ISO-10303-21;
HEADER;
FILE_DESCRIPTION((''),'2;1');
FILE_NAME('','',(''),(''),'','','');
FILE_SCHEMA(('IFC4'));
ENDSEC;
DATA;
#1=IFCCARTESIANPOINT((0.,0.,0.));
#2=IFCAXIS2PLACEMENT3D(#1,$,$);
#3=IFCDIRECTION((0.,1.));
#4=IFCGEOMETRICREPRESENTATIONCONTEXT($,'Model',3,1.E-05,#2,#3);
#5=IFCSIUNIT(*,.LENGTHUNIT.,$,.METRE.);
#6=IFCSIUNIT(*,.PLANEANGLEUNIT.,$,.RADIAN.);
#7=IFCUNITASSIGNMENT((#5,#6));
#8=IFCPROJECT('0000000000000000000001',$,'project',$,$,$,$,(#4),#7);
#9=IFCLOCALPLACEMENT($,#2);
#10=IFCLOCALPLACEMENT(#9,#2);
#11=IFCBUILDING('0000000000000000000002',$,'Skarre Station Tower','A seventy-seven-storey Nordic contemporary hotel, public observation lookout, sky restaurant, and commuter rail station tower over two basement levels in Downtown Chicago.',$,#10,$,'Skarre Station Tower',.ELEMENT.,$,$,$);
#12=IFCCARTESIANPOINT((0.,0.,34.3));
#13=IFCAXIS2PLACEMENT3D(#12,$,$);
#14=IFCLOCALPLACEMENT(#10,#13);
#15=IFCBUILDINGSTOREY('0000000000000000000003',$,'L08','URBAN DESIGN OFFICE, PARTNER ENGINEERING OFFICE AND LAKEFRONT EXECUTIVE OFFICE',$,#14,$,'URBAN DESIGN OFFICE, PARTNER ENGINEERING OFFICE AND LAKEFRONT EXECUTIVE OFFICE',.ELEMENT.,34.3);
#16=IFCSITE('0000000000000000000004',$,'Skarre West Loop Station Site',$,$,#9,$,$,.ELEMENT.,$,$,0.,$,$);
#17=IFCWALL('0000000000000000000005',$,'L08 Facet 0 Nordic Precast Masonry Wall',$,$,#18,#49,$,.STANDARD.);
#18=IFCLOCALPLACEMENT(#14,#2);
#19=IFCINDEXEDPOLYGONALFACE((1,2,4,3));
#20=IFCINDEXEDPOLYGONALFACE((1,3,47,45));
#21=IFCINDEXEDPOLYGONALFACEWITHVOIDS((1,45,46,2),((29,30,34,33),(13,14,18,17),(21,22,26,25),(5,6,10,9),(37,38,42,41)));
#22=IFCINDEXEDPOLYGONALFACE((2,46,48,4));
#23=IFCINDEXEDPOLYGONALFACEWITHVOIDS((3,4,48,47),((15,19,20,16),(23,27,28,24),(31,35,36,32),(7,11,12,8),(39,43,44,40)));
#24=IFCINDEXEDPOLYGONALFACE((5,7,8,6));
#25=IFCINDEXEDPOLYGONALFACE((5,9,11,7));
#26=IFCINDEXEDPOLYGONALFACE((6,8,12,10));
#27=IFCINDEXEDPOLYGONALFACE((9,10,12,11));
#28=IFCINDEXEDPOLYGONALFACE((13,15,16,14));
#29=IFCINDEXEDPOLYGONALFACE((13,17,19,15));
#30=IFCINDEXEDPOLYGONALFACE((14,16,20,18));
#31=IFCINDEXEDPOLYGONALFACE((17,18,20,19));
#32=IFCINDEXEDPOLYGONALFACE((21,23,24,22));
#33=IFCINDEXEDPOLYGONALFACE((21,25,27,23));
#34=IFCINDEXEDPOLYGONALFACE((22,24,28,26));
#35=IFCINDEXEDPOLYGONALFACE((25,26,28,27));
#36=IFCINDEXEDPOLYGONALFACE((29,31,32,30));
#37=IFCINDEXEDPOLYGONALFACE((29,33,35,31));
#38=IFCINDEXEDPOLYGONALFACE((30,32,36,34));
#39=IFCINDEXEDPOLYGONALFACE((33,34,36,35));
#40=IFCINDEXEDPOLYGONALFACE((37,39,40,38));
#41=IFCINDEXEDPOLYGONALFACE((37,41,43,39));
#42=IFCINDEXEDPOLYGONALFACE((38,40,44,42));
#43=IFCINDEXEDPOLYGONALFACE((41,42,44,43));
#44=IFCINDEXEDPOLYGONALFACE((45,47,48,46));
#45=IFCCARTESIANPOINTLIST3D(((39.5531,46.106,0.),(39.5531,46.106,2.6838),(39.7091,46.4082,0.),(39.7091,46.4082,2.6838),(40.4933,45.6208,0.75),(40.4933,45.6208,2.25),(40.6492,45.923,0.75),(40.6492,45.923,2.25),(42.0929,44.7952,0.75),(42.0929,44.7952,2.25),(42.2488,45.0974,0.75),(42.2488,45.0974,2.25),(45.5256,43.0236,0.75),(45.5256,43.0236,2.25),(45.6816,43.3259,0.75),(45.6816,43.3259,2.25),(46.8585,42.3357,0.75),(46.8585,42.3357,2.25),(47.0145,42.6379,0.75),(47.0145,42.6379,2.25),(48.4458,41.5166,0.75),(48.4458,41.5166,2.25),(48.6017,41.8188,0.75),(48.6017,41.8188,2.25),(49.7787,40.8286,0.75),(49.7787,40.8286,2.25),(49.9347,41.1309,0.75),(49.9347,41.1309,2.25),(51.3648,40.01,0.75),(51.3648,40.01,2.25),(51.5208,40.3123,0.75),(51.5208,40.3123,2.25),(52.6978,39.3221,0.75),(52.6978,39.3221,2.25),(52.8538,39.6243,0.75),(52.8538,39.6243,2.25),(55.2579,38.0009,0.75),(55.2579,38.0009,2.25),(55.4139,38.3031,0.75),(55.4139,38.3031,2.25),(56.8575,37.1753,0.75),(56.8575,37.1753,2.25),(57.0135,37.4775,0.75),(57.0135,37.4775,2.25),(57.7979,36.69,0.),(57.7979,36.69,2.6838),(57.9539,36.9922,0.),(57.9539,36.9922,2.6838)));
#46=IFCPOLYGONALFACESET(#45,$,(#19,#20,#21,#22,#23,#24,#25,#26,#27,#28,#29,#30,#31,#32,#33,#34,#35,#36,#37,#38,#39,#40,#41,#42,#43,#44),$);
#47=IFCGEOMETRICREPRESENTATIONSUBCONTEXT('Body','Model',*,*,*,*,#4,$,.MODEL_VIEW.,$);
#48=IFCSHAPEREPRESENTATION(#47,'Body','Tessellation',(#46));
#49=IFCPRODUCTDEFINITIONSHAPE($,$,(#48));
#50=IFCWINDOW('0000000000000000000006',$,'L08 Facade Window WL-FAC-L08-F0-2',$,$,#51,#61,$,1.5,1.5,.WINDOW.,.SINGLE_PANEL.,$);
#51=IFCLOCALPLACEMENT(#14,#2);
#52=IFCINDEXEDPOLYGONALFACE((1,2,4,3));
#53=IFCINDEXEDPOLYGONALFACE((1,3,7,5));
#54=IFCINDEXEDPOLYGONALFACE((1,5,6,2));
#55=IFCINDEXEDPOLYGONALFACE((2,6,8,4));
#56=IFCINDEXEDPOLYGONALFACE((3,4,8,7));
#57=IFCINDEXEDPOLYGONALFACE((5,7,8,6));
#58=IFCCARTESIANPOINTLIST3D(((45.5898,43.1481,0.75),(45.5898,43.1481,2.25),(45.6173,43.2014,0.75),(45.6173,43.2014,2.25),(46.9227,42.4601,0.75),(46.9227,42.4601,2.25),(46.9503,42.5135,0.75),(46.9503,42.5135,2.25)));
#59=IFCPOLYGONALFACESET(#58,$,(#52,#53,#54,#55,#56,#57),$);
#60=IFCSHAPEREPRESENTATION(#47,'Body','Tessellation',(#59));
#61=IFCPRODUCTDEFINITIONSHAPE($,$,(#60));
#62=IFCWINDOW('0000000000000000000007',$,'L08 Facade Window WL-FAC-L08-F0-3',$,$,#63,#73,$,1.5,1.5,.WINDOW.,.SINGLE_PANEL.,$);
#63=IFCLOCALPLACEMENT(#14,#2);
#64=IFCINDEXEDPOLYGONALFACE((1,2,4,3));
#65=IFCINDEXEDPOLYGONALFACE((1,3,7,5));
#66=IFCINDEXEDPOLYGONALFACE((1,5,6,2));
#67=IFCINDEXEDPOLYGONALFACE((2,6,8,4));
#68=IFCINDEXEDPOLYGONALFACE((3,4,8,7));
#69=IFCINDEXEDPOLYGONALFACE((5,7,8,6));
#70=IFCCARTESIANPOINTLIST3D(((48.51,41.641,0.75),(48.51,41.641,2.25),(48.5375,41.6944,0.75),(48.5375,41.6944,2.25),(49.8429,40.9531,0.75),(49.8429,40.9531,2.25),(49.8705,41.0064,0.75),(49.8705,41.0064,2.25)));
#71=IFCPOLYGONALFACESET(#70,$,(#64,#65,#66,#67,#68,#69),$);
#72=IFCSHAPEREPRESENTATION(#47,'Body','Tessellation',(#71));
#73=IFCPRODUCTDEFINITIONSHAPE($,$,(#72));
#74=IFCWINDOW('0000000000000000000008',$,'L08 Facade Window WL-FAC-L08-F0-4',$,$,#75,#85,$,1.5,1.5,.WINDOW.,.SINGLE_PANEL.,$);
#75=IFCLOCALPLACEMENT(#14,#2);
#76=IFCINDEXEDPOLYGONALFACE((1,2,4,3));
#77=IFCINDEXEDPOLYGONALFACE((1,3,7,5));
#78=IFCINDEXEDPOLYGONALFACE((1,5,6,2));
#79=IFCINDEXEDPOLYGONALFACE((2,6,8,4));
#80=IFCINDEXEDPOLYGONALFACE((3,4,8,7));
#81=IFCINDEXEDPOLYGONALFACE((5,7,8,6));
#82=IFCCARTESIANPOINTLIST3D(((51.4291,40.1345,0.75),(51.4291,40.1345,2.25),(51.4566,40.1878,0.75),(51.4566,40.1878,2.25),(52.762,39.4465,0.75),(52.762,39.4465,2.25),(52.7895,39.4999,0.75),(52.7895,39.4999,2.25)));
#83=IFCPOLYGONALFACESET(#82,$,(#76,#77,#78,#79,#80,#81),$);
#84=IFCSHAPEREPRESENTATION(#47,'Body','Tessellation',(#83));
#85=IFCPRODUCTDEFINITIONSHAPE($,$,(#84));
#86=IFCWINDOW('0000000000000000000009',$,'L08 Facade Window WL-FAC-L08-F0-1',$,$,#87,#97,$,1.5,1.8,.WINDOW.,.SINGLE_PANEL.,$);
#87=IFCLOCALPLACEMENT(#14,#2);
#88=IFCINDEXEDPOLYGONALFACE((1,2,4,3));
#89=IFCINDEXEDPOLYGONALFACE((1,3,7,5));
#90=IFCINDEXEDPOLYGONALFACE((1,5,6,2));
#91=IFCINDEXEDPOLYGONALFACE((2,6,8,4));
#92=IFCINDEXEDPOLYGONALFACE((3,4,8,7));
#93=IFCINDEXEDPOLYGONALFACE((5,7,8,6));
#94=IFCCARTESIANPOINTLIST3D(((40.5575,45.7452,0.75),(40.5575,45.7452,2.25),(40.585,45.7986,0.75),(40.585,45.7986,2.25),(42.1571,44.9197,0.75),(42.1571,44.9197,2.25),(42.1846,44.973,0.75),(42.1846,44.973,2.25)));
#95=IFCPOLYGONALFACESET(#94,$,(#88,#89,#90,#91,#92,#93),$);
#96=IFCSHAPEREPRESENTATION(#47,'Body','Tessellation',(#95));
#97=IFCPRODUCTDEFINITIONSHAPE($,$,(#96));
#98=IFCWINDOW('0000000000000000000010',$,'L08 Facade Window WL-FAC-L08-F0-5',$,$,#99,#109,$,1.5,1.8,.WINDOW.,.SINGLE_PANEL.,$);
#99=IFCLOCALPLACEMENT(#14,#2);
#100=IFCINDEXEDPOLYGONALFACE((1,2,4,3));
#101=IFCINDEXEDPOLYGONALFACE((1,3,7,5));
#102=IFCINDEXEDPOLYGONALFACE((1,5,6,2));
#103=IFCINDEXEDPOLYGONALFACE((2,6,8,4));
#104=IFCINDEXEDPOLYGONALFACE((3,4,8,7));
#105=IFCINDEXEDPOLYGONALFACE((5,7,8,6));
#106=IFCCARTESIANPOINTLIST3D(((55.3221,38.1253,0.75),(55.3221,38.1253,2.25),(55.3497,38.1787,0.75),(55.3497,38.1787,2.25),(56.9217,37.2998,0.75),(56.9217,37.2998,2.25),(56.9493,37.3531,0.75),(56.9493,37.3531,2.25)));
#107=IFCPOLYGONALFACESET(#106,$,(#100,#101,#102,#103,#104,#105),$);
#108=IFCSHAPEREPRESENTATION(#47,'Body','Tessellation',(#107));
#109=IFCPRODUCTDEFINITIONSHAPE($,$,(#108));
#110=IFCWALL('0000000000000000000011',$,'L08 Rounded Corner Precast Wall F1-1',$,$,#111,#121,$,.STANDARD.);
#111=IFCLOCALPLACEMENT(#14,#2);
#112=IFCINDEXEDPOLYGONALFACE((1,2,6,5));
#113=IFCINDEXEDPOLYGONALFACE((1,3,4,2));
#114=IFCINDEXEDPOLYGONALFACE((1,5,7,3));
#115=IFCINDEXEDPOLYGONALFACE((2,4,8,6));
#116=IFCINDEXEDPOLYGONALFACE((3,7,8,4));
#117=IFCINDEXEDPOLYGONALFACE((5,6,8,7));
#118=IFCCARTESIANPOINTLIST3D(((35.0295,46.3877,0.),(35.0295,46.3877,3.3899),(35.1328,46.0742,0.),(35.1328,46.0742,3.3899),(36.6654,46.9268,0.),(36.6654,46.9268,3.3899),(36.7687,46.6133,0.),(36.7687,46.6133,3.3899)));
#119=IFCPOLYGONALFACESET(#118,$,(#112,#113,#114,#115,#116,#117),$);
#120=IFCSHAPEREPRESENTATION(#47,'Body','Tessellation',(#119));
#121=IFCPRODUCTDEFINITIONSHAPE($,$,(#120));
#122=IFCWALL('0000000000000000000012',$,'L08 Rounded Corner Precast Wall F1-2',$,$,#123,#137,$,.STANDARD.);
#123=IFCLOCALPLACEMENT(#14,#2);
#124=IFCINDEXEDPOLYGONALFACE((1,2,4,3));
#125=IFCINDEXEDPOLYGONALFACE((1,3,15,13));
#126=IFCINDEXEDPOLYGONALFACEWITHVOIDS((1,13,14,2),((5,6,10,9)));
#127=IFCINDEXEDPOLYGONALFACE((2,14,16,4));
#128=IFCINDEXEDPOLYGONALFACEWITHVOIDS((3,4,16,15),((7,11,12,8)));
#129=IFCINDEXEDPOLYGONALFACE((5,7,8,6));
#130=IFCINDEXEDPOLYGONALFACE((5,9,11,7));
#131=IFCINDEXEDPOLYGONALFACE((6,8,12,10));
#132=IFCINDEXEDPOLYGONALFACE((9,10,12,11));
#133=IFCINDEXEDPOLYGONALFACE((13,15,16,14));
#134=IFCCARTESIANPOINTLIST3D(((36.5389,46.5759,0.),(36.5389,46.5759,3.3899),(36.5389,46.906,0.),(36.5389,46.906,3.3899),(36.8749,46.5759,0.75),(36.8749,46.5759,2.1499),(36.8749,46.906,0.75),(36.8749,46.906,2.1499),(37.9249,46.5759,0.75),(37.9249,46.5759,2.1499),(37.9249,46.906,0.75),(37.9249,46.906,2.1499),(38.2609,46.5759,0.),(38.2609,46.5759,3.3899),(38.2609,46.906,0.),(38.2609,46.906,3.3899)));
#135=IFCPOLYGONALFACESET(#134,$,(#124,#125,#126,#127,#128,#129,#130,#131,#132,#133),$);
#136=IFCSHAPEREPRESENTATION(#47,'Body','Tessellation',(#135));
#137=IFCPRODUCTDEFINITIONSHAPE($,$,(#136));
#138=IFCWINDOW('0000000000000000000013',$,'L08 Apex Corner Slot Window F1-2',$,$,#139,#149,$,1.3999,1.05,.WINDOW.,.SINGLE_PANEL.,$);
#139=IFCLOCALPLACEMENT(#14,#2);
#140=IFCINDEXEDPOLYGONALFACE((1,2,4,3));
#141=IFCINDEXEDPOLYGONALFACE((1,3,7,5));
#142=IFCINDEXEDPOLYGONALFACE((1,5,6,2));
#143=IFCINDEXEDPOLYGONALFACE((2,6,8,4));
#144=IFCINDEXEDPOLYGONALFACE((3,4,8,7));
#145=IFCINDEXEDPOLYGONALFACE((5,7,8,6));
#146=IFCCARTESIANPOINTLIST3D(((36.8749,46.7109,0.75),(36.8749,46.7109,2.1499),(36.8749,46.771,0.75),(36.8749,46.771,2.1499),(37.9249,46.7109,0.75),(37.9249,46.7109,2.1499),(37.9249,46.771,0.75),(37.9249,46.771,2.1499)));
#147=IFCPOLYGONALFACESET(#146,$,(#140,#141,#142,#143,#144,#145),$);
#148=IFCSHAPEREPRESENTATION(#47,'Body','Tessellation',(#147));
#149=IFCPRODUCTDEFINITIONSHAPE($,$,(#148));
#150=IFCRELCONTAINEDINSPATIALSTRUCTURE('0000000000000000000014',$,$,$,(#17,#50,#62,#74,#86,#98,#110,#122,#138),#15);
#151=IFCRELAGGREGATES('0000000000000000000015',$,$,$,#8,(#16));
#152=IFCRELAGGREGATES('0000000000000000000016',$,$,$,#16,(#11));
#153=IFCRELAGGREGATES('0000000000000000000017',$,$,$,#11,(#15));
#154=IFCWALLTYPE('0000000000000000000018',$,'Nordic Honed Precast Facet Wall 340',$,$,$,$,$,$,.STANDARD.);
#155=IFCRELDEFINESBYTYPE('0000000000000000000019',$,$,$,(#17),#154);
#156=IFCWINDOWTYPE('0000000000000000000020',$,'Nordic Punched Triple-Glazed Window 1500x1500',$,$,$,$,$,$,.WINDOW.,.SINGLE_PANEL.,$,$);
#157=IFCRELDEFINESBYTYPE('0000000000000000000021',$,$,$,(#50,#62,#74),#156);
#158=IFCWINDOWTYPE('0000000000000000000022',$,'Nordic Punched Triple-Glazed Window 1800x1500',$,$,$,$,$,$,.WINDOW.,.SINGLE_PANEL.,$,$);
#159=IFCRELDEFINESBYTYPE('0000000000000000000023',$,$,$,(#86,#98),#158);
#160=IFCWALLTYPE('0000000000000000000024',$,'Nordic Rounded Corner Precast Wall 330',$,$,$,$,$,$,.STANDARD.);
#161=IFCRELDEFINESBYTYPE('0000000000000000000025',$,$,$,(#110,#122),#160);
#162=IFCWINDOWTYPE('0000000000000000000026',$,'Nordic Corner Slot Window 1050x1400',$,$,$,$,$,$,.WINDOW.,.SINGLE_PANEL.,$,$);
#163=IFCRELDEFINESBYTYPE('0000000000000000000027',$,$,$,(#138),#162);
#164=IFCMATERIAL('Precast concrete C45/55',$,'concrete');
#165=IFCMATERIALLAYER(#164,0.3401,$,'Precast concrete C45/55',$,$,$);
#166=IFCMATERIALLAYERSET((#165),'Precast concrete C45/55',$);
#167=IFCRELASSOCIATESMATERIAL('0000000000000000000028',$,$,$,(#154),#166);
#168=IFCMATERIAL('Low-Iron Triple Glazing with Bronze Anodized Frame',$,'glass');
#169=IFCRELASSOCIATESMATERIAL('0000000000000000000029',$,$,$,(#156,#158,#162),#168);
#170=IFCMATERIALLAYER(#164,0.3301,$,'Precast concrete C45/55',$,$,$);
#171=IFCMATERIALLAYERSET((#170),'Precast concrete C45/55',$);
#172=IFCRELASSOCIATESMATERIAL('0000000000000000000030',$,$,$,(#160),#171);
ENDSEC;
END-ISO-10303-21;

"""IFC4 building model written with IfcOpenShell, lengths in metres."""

from ifc_helpers import new_model, si_unit, direction, frame, frame_2d, origin, place, context, subcontext, project, spatial, rectangle, extrude, material, layer, layer_set, type_object, element, fill, save


model = new_model("IFC4")

# Units and contexts
model_context = context("Model", 3, precision=1e-05, world=origin(), true_north=direction((0.0, 1.0)))
body_context = subcontext(model_context, "Body", "Model", "MODEL_VIEW")
ifc_project = project(units=[si_unit("LENGTHUNIT", "METRE"), si_unit("PLANEANGLEUNIT", "RADIAN")], contexts=[model_context])

# Site, building, storey
site_placement = place(None, origin())
site = spatial("IfcSite", under=ifc_project, at=site_placement, Name="Skarre West Loop Station Site", CompositionType="ELEMENT", RefElevation=0.0)
building_placement = place(site_placement, origin())
building = spatial("IfcBuilding", under=site, at=building_placement, Name="Skarre Station Tower", Description="A seventy-seven-storey Nordic contemporary hotel, public observation lookout, sky restaurant, and commuter rail station tower over two basement levels in Downtown Chicago.", LongName="Skarre Station Tower", CompositionType="ELEMENT")
storey_placement = place(building_placement, frame((0.0, 0.0, 34.3)))
storey = spatial("IfcBuildingStorey", under=building, at=storey_placement, Name="L08", Description="URBAN DESIGN OFFICE, PARTNER ENGINEERING OFFICE AND LAKEFRONT EXECUTIVE OFFICE", LongName="URBAN DESIGN OFFICE, PARTNER ENGINEERING OFFICE AND LAKEFRONT EXECUTIVE OFFICE", CompositionType="ELEMENT", Elevation=34.3)

# Wall, openings, windows
ifc_material_1 = material(Name="Precast concrete C45/55", Category="concrete")
ifc_layer_1 = layer(ifc_material_1, 0.3401, Name="Precast concrete C45/55")
ifc_layer_set_1 = layer_set([ifc_layer_1], Name="Precast concrete C45/55")
wall_type_1 = type_object("IfcWallType", Name="Nordic Honed Precast Facet Wall 340", PredefinedType="STANDARD", material=ifc_layer_set_1)
wall_1_placement = place(storey_placement, frame((39.6311, 46.2571, 0.0), z_axis=(0.0, 0.0, 1.0), x_axis=(0.888634, -0.458616, 0.0)))
wall_1 = element("IfcWall", 1, at=wall_1_placement, inside=storey, type_object=wall_type_1, Name="L08 Facet 0 Nordic Precast Masonry Wall", PredefinedType="STANDARD", context=body_context, shape_type="SweptSolid", body=[
    extrude(rectangle(XDim=20.5312, YDim=0.3401, at=frame_2d((10.2656, 0.0))), origin(), (0.0, 0.0, 1.0), 2.6838),
])
opening_1_placement = place(wall_1_placement, frame((1.0581, 0.0, 0.75)))
opening_1 = element("IfcOpeningElement", 2, at=opening_1_placement, cuts=wall_1, PredefinedType="OPENING", context=body_context, shape_type="SweptSolid", body=[
    extrude(rectangle(XDim=1.8, YDim=1.5, at=frame_2d((0.8999, 0.75))), frame((0.0, 0.1799, 0.0), z_axis=(0.0, -1.0, 0.0), x_axis=(1.0, 0.0, 0.0)), (0.0, 0.0, 1.0), 0.3601),
])
opening_2_placement = place(wall_1_placement, frame((6.7209, 0.0, 0.75)))
opening_2 = element("IfcOpeningElement", 3, at=opening_2_placement, cuts=wall_1, PredefinedType="OPENING", context=body_context, shape_type="SweptSolid", body=[
    extrude(rectangle(XDim=1.5, YDim=1.5, at=frame_2d((0.75, 0.75))), frame((0.0, 0.1799, 0.0), z_axis=(0.0, -1.0, 0.0), x_axis=(1.0, 0.0, 0.0)), (0.0, 0.0, 1.0), 0.3601),
])
opening_3_placement = place(wall_1_placement, frame((10.0071, 0.0, 0.75)))
opening_3 = element("IfcOpeningElement", 4, at=opening_3_placement, cuts=wall_1, PredefinedType="OPENING", context=body_context, shape_type="SweptSolid", body=[
    extrude(rectangle(XDim=1.5, YDim=1.5, at=frame_2d((0.75, 0.75))), frame((0.0, 0.1799, 0.0), z_axis=(0.0, -1.0, 0.0), x_axis=(1.0, 0.0, 0.0)), (0.0, 0.0, 1.0), 0.3601),
])
opening_4_placement = place(wall_1_placement, frame((13.292, 0.0, 0.75)))
opening_4 = element("IfcOpeningElement", 5, at=opening_4_placement, cuts=wall_1, PredefinedType="OPENING", context=body_context, shape_type="SweptSolid", body=[
    extrude(rectangle(XDim=1.5, YDim=1.5, at=frame_2d((0.75, 0.75))), frame((0.0, 0.1799, 0.0), z_axis=(0.0, -1.0, 0.0), x_axis=(1.0, 0.0, 0.0)), (0.0, 0.0, 1.0), 0.3601),
])
opening_5_placement = place(wall_1_placement, frame((17.6731, 0.0, 0.75)))
opening_5 = element("IfcOpeningElement", 6, at=opening_5_placement, cuts=wall_1, PredefinedType="OPENING", context=body_context, shape_type="SweptSolid", body=[
    extrude(rectangle(XDim=1.8, YDim=1.5, at=frame_2d((0.8999, 0.75))), frame((0.0, 0.1799, 0.0), z_axis=(0.0, -1.0, 0.0), x_axis=(1.0, 0.0, 0.0)), (0.0, 0.0, 1.0), 0.3601),
])
ifc_material_2 = material(Name="Low-Iron Triple Glazing with Bronze Anodized Frame", Category="glass")
window_type_1 = type_object("IfcWindowType", Name="Nordic Punched Triple-Glazed Window 1500x1500", PartitioningType="SINGLE_PANEL", PredefinedType="WINDOW", material=ifc_material_2)
window_1_placement = place(opening_2_placement, origin())
window_1 = element("IfcWindow", 7, at=window_1_placement, inside=storey, type_object=window_type_1, Name="L08 Facade Window WL-FAC-L08-F0-2", OverallHeight=1.5, OverallWidth=1.5, PartitioningType="SINGLE_PANEL", PredefinedType="WINDOW", context=body_context, shape_type="SweptSolid", body=[
    extrude(rectangle(XDim=1.5, YDim=1.5, at=frame_2d((0.75, 0.75))), frame((0.0, 0.03, 0.0), z_axis=(0.0, -1.0, 0.0), x_axis=(1.0, 0.0, 0.0)), (0.0, 0.0, 1.0), 0.0601),
])
fill(opening_2, window_1)
window_2_placement = place(opening_3_placement, origin())
window_2 = element("IfcWindow", 8, at=window_2_placement, inside=storey, type_object=window_type_1, Name="L08 Facade Window WL-FAC-L08-F0-3", OverallHeight=1.5, OverallWidth=1.5, PartitioningType="SINGLE_PANEL", PredefinedType="WINDOW", context=body_context, shape_type="SweptSolid", body=[
    extrude(rectangle(XDim=1.5, YDim=1.5, at=frame_2d((0.75, 0.75))), frame((0.0, 0.03, 0.0), z_axis=(0.0, -1.0, 0.0), x_axis=(1.0, 0.0, 0.0)), (0.0, 0.0, 1.0), 0.0601),
])
fill(opening_3, window_2)
window_3_placement = place(opening_4_placement, origin())
window_3 = element("IfcWindow", 9, at=window_3_placement, inside=storey, type_object=window_type_1, Name="L08 Facade Window WL-FAC-L08-F0-4", OverallHeight=1.5, OverallWidth=1.5, PartitioningType="SINGLE_PANEL", PredefinedType="WINDOW", context=body_context, shape_type="SweptSolid", body=[
    extrude(rectangle(XDim=1.5, YDim=1.5, at=frame_2d((0.75, 0.75))), frame((0.0, 0.03, 0.0), z_axis=(0.0, -1.0, 0.0), x_axis=(1.0, 0.0, 0.0)), (0.0, 0.0, 1.0), 0.0601),
])
fill(opening_4, window_3)
window_type_2 = type_object("IfcWindowType", Name="Nordic Punched Triple-Glazed Window 1800x1500", PartitioningType="SINGLE_PANEL", PredefinedType="WINDOW", material=ifc_material_2)
window_4_placement = place(opening_1_placement, origin())
window_4 = element("IfcWindow", 10, at=window_4_placement, inside=storey, type_object=window_type_2, Name="L08 Facade Window WL-FAC-L08-F0-1", OverallHeight=1.5, OverallWidth=1.8, PartitioningType="SINGLE_PANEL", PredefinedType="WINDOW", context=body_context, shape_type="SweptSolid", body=[
    extrude(rectangle(XDim=1.8, YDim=1.5, at=frame_2d((0.8999, 0.75))), frame((0.0, 0.03, 0.0), z_axis=(0.0, -1.0, 0.0), x_axis=(1.0, 0.0, 0.0)), (0.0, 0.0, 1.0), 0.0601),
])
fill(opening_1, window_4)
window_5_placement = place(opening_5_placement, origin())
window_5 = element("IfcWindow", 11, at=window_5_placement, inside=storey, type_object=window_type_2, Name="L08 Facade Window WL-FAC-L08-F0-5", OverallHeight=1.5, OverallWidth=1.8, PartitioningType="SINGLE_PANEL", PredefinedType="WINDOW", context=body_context, shape_type="SweptSolid", body=[
    extrude(rectangle(XDim=1.8, YDim=1.5, at=frame_2d((0.8999, 0.75))), frame((0.0, 0.03, 0.0), z_axis=(0.0, -1.0, 0.0), x_axis=(1.0, 0.0, 0.0)), (0.0, 0.0, 1.0), 0.0601),
])
fill(opening_5, window_5)

# Wall
ifc_layer_2 = layer(ifc_material_1, 0.3301, Name="Precast concrete C45/55")
ifc_layer_set_2 = layer_set([ifc_layer_2], Name="Precast concrete C45/55")
wall_type_2 = type_object("IfcWallType", Name="Nordic Rounded Corner Precast Wall 330", PredefinedType="STANDARD", material=ifc_layer_set_2)
wall_2_placement = place(storey_placement, frame((35.0811, 46.231, 0.0), z_axis=(0.0, 0.0, 1.0), x_axis=(0.949769, 0.312952, 0.0)))
element("IfcWall", 12, at=wall_2_placement, inside=storey, type_object=wall_type_2, Name="L08 Rounded Corner Precast Wall F1-1", PredefinedType="STANDARD", context=body_context, shape_type="SweptSolid", body=[
    extrude(rectangle(XDim=1.7224, YDim=0.3301, at=frame_2d((0.8613, 0.0))), origin(), (0.0, 0.0, 1.0), 3.3899),
])

# Wall, opening, window
wall_3_placement = place(storey_placement, frame((36.5391, 46.741, 0.0), z_axis=(0.0, 0.0, 1.0), x_axis=(1.0, 0.0, 0.0)))
wall_3 = element("IfcWall", 13, at=wall_3_placement, inside=storey, type_object=wall_type_2, Name="L08 Rounded Corner Precast Wall F1-2", PredefinedType="STANDARD", context=body_context, shape_type="SweptSolid", body=[
    extrude(rectangle(XDim=1.7219, YDim=0.3301, at=frame_2d((0.8608, 0.0))), origin(), (0.0, 0.0, 1.0), 3.3899),
])
opening_6_placement = place(wall_3_placement, frame((0.3359, 0.0, 0.75)))
opening_6 = element("IfcOpeningElement", 14, at=opening_6_placement, cuts=wall_3, PredefinedType="OPENING", context=body_context, shape_type="SweptSolid", body=[
    extrude(rectangle(XDim=1.05, YDim=1.3999, at=frame_2d((0.5249, 0.7))), frame((0.0, 0.175, 0.0), z_axis=(0.0, -1.0, 0.0), x_axis=(1.0, 0.0, 0.0)), (0.0, 0.0, 1.0), 0.3501),
])
window_type_3 = type_object("IfcWindowType", Name="Nordic Corner Slot Window 1050x1400", PartitioningType="SINGLE_PANEL", PredefinedType="WINDOW", material=ifc_material_2)
window_6_placement = place(opening_6_placement, origin())
window_6 = element("IfcWindow", 15, at=window_6_placement, inside=storey, type_object=window_type_3, Name="L08 Apex Corner Slot Window F1-2", OverallHeight=1.3999, OverallWidth=1.05, PartitioningType="SINGLE_PANEL", PredefinedType="WINDOW", context=body_context, shape_type="SweptSolid", body=[
    extrude(rectangle(XDim=1.05, YDim=1.3999, at=frame_2d((0.5249, 0.7))), frame((0.0, 0.03, 0.0), z_axis=(0.0, -1.0, 0.0), x_axis=(1.0, 0.0, 0.0)), (0.0, 0.0, 1.0), 0.0601),
])
fill(opening_6, window_6)

save(model, "model.ifc")
